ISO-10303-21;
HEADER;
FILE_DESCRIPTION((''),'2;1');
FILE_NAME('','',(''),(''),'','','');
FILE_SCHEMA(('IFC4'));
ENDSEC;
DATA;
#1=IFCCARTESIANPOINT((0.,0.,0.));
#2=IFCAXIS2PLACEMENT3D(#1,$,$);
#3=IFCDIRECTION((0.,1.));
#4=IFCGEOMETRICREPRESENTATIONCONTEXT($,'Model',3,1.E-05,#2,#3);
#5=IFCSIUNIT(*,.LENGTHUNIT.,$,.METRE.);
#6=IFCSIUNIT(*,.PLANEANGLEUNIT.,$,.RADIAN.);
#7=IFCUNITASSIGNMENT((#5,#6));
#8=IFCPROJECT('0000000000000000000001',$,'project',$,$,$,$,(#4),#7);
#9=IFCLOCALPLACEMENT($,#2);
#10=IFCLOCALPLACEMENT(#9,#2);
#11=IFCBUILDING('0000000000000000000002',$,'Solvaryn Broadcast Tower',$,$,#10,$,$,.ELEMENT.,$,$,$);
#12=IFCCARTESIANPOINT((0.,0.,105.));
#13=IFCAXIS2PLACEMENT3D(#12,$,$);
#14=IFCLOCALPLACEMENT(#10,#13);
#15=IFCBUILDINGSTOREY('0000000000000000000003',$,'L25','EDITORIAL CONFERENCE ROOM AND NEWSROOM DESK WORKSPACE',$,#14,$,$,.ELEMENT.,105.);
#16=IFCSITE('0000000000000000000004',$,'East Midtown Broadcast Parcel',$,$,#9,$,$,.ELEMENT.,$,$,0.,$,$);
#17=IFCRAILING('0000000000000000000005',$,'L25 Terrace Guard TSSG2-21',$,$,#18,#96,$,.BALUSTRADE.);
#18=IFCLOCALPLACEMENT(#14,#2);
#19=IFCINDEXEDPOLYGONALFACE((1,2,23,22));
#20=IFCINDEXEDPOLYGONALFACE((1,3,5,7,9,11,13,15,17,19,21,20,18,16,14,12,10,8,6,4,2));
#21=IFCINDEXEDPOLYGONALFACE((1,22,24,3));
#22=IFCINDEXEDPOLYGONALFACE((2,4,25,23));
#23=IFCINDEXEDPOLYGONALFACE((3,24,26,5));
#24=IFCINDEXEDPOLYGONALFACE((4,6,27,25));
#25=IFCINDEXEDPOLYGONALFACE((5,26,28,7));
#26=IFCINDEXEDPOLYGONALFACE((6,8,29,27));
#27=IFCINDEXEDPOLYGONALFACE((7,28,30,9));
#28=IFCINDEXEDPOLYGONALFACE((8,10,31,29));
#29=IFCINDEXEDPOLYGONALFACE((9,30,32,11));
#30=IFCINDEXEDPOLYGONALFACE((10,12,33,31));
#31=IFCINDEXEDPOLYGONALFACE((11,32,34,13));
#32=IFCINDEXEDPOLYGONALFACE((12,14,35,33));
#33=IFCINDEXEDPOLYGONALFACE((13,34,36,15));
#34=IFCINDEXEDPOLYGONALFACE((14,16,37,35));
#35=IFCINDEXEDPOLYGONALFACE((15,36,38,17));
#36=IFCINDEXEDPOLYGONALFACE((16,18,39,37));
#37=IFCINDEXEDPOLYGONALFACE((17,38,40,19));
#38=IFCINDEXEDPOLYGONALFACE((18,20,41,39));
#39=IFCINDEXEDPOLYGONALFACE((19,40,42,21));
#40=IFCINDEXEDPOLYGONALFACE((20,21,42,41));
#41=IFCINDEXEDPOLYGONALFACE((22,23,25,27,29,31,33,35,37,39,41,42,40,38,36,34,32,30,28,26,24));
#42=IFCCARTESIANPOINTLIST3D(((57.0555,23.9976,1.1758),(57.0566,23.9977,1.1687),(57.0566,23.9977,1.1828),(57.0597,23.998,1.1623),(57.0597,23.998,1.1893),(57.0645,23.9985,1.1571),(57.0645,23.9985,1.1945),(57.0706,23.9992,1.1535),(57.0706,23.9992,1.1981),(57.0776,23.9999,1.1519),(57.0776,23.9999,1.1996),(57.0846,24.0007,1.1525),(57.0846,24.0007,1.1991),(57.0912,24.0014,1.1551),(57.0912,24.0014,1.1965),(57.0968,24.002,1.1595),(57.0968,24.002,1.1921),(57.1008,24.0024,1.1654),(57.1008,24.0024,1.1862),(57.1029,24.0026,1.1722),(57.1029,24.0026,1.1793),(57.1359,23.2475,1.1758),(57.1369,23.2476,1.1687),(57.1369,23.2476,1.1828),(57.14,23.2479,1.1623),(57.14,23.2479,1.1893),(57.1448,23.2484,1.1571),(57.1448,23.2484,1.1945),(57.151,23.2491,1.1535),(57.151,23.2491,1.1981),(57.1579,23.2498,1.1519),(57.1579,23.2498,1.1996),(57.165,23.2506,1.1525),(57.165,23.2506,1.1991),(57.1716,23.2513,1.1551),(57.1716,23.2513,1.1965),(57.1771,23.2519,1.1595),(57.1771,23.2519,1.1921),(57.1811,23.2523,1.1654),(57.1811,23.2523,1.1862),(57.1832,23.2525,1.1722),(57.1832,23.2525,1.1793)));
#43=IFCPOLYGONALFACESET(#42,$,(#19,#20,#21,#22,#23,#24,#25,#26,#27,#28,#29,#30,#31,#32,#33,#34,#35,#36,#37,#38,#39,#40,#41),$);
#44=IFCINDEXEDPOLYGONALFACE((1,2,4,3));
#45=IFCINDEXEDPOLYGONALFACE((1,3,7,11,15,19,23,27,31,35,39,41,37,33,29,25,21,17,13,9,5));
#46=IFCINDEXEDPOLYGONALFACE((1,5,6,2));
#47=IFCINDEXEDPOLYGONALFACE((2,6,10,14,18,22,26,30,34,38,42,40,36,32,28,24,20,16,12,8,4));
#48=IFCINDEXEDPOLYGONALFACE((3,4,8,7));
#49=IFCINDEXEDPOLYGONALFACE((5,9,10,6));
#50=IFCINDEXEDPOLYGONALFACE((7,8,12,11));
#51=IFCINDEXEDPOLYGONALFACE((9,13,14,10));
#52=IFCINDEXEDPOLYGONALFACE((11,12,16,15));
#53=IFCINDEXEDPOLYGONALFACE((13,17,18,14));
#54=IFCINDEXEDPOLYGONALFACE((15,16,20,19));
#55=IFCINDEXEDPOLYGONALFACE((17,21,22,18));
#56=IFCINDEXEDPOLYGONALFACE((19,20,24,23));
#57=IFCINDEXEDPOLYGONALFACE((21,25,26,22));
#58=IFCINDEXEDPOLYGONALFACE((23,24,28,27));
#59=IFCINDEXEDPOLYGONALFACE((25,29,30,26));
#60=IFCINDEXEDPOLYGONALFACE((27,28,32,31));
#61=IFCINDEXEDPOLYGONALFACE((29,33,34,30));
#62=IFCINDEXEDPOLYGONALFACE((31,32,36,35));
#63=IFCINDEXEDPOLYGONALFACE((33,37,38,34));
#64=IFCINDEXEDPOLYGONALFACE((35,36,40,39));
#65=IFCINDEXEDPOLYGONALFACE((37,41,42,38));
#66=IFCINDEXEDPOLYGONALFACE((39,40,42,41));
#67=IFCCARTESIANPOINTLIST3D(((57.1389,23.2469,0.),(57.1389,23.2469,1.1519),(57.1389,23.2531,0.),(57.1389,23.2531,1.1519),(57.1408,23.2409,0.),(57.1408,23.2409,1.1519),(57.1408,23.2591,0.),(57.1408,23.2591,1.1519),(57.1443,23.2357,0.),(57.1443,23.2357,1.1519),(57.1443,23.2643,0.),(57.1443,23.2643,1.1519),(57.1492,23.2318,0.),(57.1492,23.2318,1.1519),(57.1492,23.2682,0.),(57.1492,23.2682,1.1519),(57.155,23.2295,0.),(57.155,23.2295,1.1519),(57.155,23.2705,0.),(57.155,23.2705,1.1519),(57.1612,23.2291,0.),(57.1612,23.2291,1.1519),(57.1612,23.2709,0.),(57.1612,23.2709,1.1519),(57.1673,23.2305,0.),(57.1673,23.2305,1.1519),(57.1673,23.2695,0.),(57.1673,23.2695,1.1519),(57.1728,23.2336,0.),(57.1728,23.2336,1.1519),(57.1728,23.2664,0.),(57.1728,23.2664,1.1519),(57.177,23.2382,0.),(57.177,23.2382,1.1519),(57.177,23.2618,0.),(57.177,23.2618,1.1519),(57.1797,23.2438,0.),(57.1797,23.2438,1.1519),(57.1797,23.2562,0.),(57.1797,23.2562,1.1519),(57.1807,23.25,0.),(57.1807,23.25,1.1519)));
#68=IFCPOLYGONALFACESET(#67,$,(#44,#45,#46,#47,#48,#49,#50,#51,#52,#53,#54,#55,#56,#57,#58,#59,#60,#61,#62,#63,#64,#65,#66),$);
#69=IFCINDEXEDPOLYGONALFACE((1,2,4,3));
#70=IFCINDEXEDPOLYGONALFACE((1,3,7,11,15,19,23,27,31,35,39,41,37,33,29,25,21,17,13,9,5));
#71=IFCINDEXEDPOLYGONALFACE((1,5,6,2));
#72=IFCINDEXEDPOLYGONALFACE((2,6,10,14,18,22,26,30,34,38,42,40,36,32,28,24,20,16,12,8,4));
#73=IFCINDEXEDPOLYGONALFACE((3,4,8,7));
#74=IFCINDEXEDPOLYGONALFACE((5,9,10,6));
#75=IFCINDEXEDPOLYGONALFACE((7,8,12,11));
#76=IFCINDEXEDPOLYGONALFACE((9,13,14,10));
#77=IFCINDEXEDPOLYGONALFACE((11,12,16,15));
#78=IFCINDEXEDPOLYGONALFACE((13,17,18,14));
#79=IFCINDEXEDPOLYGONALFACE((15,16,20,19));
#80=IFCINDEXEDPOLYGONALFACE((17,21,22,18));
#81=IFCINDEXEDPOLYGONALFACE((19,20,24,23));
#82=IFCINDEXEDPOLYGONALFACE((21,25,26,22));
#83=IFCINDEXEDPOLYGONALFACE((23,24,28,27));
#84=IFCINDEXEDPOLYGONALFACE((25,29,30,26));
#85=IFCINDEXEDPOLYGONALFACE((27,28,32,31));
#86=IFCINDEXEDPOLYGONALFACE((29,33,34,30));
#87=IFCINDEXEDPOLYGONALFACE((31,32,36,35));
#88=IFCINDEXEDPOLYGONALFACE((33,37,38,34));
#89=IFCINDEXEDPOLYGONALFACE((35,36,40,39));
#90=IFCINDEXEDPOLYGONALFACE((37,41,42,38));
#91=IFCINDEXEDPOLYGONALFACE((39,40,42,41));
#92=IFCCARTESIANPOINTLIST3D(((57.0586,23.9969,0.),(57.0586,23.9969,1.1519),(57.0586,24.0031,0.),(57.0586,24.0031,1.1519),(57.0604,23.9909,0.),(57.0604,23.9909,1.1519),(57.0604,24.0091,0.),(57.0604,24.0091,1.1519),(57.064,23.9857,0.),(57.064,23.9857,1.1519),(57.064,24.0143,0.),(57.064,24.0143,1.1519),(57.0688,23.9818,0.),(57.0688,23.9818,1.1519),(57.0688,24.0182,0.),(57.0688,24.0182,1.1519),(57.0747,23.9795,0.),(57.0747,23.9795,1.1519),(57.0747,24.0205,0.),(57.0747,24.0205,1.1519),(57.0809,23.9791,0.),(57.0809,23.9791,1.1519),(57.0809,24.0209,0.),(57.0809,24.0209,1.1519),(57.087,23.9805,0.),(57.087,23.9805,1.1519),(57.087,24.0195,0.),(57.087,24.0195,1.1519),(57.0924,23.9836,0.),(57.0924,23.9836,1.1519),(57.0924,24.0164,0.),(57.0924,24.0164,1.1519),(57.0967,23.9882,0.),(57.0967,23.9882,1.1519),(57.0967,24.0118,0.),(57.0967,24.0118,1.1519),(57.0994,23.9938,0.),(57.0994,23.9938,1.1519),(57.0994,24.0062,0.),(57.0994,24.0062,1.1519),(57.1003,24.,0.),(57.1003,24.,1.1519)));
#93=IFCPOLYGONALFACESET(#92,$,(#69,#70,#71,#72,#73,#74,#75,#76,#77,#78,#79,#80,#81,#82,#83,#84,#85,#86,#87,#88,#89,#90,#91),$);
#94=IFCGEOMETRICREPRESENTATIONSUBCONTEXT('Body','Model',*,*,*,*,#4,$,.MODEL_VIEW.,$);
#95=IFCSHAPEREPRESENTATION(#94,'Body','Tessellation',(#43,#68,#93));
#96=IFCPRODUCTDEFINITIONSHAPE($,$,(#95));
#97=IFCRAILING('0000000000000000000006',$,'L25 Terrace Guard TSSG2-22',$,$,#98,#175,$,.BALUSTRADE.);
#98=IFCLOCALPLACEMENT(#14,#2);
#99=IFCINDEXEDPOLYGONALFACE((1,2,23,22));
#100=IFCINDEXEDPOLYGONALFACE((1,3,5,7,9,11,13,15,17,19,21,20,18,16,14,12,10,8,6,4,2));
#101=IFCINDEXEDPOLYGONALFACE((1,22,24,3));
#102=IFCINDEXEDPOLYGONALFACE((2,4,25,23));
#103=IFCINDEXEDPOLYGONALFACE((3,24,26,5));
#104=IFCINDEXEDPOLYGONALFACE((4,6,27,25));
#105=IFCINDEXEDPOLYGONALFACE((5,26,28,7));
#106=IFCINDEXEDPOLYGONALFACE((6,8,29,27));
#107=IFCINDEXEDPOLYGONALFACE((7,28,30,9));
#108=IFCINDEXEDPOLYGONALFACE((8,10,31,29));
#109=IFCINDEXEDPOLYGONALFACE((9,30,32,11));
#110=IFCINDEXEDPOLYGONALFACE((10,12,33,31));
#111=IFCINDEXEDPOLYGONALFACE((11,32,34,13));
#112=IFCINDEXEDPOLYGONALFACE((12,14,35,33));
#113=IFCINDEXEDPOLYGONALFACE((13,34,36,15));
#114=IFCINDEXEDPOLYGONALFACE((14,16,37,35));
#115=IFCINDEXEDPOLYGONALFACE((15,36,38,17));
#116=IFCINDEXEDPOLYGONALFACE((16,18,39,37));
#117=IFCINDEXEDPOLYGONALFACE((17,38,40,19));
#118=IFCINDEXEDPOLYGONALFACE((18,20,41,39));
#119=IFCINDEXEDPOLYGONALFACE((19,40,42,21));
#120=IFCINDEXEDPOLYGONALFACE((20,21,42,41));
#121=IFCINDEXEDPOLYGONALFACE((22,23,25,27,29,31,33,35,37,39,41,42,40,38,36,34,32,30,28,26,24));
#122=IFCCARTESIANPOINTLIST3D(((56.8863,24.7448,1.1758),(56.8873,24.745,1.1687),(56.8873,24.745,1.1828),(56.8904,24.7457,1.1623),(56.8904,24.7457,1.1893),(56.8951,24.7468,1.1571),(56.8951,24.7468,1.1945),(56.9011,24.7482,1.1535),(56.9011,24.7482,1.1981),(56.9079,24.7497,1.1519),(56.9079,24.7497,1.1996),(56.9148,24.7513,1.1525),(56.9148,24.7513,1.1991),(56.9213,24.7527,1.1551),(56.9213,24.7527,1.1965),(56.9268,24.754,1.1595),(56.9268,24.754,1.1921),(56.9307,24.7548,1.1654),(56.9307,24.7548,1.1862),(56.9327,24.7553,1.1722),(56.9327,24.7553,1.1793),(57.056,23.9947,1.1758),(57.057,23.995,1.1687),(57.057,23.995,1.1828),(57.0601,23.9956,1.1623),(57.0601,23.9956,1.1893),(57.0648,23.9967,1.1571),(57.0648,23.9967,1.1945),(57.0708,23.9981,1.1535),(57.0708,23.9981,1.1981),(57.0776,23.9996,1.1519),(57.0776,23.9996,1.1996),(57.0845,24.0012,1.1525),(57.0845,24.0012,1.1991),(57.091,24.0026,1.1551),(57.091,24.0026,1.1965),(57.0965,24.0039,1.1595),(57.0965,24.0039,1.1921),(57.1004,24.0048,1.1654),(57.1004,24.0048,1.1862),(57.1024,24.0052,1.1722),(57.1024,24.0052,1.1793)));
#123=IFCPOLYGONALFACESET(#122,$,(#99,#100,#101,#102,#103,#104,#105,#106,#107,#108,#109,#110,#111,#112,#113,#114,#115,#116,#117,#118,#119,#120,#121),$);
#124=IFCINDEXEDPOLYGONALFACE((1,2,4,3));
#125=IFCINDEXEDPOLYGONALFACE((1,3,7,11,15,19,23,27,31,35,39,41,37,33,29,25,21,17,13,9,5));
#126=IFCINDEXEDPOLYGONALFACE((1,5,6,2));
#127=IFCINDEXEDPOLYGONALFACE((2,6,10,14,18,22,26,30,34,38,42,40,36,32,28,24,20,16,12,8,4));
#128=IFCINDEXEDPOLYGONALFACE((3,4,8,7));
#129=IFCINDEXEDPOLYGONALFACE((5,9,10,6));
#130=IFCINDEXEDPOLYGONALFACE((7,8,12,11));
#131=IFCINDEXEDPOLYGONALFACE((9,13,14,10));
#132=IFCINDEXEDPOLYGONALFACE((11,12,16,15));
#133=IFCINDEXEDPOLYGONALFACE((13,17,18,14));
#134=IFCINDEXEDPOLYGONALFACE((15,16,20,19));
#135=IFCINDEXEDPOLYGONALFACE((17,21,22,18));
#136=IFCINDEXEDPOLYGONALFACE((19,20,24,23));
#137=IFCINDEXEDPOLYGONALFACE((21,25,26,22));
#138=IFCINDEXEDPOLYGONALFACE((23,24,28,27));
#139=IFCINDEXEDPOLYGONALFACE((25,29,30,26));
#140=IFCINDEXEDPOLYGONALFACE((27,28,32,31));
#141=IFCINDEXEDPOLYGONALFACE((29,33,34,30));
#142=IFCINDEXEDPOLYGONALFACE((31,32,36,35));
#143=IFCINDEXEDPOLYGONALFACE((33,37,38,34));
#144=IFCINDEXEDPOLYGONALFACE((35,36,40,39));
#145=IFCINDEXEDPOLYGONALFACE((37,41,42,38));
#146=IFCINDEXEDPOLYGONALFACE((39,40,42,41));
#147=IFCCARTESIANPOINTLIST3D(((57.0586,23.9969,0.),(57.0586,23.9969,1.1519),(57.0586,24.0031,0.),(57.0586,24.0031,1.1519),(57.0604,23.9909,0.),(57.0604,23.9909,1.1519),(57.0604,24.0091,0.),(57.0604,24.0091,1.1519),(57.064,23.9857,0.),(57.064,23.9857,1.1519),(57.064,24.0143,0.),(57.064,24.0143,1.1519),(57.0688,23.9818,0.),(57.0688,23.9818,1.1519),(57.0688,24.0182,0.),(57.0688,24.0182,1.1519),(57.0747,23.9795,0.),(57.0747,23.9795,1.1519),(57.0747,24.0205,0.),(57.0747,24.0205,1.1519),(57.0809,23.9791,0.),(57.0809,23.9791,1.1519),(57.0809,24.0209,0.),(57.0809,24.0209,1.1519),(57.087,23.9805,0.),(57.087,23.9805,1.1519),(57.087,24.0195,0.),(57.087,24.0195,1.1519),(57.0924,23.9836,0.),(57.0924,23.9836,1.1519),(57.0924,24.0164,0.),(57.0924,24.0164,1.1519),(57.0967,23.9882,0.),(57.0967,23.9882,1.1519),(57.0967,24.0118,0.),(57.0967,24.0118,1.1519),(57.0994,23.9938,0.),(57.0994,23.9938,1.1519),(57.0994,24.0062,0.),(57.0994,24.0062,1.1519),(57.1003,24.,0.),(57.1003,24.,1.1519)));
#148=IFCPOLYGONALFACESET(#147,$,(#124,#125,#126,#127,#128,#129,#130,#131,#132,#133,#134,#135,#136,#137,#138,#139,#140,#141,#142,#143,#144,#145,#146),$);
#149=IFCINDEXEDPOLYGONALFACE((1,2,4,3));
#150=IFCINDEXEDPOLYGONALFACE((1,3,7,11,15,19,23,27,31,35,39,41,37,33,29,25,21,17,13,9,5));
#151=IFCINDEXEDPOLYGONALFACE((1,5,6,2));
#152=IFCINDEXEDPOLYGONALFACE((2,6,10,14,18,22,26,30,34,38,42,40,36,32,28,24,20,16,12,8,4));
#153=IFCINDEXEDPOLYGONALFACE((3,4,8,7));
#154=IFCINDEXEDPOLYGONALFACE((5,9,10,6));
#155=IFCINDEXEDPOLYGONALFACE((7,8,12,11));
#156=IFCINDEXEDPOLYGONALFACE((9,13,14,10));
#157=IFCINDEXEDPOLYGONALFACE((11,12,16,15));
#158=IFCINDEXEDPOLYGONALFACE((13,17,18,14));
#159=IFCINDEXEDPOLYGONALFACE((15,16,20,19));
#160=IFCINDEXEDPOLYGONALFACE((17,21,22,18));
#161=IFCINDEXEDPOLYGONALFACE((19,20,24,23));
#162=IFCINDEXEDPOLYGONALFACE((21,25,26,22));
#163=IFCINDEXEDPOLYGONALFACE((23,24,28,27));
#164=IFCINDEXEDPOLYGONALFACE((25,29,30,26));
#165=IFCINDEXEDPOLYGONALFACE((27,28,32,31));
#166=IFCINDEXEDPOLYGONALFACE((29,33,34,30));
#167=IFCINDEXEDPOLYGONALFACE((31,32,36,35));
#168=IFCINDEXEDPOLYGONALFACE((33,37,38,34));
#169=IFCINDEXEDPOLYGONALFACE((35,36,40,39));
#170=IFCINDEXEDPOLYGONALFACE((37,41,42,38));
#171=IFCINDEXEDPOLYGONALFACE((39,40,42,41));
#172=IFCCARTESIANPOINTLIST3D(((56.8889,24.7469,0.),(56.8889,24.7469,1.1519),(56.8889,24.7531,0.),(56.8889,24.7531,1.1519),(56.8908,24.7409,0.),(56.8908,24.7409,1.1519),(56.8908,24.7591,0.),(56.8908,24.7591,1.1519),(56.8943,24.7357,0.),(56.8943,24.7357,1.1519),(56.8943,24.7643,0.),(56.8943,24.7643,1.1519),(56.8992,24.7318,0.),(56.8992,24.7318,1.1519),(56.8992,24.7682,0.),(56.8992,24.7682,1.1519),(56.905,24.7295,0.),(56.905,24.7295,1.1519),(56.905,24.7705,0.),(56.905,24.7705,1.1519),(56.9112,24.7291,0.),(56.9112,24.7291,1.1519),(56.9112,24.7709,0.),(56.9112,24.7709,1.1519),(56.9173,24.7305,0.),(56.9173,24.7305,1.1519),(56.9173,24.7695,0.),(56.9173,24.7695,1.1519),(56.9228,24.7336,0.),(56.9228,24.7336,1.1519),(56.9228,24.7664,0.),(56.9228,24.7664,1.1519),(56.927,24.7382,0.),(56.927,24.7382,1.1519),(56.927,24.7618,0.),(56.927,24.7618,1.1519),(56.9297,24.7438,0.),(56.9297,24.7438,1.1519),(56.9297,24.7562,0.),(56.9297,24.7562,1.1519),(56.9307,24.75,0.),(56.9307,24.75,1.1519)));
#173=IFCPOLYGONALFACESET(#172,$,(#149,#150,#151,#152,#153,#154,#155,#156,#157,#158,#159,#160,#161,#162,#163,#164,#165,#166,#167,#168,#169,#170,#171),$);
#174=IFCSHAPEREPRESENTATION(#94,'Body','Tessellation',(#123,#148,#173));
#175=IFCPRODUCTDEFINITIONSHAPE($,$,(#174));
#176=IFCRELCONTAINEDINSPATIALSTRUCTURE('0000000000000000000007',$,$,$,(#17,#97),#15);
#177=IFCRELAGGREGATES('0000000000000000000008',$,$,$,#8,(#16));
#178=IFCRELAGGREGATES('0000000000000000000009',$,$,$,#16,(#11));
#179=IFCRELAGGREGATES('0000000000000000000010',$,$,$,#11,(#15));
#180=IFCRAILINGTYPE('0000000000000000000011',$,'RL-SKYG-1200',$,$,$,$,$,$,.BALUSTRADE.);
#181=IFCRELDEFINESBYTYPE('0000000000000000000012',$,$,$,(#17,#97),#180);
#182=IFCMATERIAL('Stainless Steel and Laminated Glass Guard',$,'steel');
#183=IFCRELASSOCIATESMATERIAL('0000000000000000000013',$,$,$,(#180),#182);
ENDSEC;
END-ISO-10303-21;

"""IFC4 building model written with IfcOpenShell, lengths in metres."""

from ifc_helpers import new_model, si_unit, direction, frame, origin, origin_2d, place, context, subcontext, project, spatial, circle, extrude, material, type_object, element, save


model = new_model("IFC4")

# Units and contexts
model_context = context("Model", 3, precision=1e-05, world=origin(), true_north=direction((0.0, 1.0)))
body_context = subcontext(model_context, "Body", "Model", "MODEL_VIEW")
ifc_project = project(units=[si_unit("LENGTHUNIT", "METRE"), si_unit("PLANEANGLEUNIT", "RADIAN")], contexts=[model_context])

# Site, building, storey
site_placement = place(None, origin())
site = spatial("IfcSite", under=ifc_project, at=site_placement, Name="East Midtown Broadcast Parcel", CompositionType="ELEMENT", RefElevation=0.0)
building_placement = place(site_placement, origin())
building = spatial("IfcBuilding", under=site, at=building_placement, Name="Solvaryn Broadcast Tower", CompositionType="ELEMENT")
storey_placement = place(building_placement, frame((0.0, 0.0, 105.0)))
storey = spatial("IfcBuildingStorey", under=building, at=storey_placement, Name="L25", Description="EDITORIAL CONFERENCE ROOM AND NEWSROOM DESK WORKSPACE", CompositionType="ELEMENT", Elevation=105.0)

# Railings
ifc_material_1 = material(Name="Stainless Steel and Laminated Glass Guard", Category="steel")
railing_type = type_object("IfcRailingType", Name="RL-SKYG-1200", PredefinedType="BALUSTRADE", material=ifc_material_1)
railing_1_placement = place(storey_placement, frame((57.1597, 23.25, 0.0)))
element("IfcRailing", 1, at=railing_1_placement, inside=storey, type_object=railing_type, Name="L25 Terrace Guard TSSG2-21", PredefinedType="BALUSTRADE", context=body_context, shape_type="SweptSolid", body=[
    extrude(circle(Radius=0.0239, at=origin_2d()), frame((0.0, 0.0, 1.1758), z_axis=(-0.106487, 0.994314, 0.0), x_axis=(-0.994314, -0.106487, 0.0)), (0.0, 0.0, 1.0), 0.7544),
    extrude(circle(Radius=0.021, at=origin_2d()), origin(), (0.0, 0.0, 1.0), 1.1519),
    extrude(circle(Radius=0.021, at=origin_2d()), frame((-0.0803, 0.75, 0.0)), (0.0, 0.0, 1.0), 1.1519),
])
railing_2_placement = place(storey_placement, frame((57.0793, 24.0, 0.0)))
element("IfcRailing", 2, at=railing_2_placement, inside=storey, type_object=railing_type, Name="L25 Terrace Guard TSSG2-22", PredefinedType="BALUSTRADE", context=body_context, shape_type="SweptSolid", body=[
    extrude(circle(Radius=0.0239, at=origin_2d()), frame((0.0, 0.0, 1.1758), z_axis=(-0.22066, 0.975351, 0.0), x_axis=(-0.975351, -0.22066, 0.0)), (0.0, 0.0, 1.0), 0.769),
    extrude(circle(Radius=0.021, at=origin_2d()), origin(), (0.0, 0.0, 1.0), 1.1519),
    extrude(circle(Radius=0.021, at=origin_2d()), frame((-0.1697, 0.75, 0.0)), (0.0, 0.0, 1.0), 1.1519),
])

save(model, "model.ifc")
